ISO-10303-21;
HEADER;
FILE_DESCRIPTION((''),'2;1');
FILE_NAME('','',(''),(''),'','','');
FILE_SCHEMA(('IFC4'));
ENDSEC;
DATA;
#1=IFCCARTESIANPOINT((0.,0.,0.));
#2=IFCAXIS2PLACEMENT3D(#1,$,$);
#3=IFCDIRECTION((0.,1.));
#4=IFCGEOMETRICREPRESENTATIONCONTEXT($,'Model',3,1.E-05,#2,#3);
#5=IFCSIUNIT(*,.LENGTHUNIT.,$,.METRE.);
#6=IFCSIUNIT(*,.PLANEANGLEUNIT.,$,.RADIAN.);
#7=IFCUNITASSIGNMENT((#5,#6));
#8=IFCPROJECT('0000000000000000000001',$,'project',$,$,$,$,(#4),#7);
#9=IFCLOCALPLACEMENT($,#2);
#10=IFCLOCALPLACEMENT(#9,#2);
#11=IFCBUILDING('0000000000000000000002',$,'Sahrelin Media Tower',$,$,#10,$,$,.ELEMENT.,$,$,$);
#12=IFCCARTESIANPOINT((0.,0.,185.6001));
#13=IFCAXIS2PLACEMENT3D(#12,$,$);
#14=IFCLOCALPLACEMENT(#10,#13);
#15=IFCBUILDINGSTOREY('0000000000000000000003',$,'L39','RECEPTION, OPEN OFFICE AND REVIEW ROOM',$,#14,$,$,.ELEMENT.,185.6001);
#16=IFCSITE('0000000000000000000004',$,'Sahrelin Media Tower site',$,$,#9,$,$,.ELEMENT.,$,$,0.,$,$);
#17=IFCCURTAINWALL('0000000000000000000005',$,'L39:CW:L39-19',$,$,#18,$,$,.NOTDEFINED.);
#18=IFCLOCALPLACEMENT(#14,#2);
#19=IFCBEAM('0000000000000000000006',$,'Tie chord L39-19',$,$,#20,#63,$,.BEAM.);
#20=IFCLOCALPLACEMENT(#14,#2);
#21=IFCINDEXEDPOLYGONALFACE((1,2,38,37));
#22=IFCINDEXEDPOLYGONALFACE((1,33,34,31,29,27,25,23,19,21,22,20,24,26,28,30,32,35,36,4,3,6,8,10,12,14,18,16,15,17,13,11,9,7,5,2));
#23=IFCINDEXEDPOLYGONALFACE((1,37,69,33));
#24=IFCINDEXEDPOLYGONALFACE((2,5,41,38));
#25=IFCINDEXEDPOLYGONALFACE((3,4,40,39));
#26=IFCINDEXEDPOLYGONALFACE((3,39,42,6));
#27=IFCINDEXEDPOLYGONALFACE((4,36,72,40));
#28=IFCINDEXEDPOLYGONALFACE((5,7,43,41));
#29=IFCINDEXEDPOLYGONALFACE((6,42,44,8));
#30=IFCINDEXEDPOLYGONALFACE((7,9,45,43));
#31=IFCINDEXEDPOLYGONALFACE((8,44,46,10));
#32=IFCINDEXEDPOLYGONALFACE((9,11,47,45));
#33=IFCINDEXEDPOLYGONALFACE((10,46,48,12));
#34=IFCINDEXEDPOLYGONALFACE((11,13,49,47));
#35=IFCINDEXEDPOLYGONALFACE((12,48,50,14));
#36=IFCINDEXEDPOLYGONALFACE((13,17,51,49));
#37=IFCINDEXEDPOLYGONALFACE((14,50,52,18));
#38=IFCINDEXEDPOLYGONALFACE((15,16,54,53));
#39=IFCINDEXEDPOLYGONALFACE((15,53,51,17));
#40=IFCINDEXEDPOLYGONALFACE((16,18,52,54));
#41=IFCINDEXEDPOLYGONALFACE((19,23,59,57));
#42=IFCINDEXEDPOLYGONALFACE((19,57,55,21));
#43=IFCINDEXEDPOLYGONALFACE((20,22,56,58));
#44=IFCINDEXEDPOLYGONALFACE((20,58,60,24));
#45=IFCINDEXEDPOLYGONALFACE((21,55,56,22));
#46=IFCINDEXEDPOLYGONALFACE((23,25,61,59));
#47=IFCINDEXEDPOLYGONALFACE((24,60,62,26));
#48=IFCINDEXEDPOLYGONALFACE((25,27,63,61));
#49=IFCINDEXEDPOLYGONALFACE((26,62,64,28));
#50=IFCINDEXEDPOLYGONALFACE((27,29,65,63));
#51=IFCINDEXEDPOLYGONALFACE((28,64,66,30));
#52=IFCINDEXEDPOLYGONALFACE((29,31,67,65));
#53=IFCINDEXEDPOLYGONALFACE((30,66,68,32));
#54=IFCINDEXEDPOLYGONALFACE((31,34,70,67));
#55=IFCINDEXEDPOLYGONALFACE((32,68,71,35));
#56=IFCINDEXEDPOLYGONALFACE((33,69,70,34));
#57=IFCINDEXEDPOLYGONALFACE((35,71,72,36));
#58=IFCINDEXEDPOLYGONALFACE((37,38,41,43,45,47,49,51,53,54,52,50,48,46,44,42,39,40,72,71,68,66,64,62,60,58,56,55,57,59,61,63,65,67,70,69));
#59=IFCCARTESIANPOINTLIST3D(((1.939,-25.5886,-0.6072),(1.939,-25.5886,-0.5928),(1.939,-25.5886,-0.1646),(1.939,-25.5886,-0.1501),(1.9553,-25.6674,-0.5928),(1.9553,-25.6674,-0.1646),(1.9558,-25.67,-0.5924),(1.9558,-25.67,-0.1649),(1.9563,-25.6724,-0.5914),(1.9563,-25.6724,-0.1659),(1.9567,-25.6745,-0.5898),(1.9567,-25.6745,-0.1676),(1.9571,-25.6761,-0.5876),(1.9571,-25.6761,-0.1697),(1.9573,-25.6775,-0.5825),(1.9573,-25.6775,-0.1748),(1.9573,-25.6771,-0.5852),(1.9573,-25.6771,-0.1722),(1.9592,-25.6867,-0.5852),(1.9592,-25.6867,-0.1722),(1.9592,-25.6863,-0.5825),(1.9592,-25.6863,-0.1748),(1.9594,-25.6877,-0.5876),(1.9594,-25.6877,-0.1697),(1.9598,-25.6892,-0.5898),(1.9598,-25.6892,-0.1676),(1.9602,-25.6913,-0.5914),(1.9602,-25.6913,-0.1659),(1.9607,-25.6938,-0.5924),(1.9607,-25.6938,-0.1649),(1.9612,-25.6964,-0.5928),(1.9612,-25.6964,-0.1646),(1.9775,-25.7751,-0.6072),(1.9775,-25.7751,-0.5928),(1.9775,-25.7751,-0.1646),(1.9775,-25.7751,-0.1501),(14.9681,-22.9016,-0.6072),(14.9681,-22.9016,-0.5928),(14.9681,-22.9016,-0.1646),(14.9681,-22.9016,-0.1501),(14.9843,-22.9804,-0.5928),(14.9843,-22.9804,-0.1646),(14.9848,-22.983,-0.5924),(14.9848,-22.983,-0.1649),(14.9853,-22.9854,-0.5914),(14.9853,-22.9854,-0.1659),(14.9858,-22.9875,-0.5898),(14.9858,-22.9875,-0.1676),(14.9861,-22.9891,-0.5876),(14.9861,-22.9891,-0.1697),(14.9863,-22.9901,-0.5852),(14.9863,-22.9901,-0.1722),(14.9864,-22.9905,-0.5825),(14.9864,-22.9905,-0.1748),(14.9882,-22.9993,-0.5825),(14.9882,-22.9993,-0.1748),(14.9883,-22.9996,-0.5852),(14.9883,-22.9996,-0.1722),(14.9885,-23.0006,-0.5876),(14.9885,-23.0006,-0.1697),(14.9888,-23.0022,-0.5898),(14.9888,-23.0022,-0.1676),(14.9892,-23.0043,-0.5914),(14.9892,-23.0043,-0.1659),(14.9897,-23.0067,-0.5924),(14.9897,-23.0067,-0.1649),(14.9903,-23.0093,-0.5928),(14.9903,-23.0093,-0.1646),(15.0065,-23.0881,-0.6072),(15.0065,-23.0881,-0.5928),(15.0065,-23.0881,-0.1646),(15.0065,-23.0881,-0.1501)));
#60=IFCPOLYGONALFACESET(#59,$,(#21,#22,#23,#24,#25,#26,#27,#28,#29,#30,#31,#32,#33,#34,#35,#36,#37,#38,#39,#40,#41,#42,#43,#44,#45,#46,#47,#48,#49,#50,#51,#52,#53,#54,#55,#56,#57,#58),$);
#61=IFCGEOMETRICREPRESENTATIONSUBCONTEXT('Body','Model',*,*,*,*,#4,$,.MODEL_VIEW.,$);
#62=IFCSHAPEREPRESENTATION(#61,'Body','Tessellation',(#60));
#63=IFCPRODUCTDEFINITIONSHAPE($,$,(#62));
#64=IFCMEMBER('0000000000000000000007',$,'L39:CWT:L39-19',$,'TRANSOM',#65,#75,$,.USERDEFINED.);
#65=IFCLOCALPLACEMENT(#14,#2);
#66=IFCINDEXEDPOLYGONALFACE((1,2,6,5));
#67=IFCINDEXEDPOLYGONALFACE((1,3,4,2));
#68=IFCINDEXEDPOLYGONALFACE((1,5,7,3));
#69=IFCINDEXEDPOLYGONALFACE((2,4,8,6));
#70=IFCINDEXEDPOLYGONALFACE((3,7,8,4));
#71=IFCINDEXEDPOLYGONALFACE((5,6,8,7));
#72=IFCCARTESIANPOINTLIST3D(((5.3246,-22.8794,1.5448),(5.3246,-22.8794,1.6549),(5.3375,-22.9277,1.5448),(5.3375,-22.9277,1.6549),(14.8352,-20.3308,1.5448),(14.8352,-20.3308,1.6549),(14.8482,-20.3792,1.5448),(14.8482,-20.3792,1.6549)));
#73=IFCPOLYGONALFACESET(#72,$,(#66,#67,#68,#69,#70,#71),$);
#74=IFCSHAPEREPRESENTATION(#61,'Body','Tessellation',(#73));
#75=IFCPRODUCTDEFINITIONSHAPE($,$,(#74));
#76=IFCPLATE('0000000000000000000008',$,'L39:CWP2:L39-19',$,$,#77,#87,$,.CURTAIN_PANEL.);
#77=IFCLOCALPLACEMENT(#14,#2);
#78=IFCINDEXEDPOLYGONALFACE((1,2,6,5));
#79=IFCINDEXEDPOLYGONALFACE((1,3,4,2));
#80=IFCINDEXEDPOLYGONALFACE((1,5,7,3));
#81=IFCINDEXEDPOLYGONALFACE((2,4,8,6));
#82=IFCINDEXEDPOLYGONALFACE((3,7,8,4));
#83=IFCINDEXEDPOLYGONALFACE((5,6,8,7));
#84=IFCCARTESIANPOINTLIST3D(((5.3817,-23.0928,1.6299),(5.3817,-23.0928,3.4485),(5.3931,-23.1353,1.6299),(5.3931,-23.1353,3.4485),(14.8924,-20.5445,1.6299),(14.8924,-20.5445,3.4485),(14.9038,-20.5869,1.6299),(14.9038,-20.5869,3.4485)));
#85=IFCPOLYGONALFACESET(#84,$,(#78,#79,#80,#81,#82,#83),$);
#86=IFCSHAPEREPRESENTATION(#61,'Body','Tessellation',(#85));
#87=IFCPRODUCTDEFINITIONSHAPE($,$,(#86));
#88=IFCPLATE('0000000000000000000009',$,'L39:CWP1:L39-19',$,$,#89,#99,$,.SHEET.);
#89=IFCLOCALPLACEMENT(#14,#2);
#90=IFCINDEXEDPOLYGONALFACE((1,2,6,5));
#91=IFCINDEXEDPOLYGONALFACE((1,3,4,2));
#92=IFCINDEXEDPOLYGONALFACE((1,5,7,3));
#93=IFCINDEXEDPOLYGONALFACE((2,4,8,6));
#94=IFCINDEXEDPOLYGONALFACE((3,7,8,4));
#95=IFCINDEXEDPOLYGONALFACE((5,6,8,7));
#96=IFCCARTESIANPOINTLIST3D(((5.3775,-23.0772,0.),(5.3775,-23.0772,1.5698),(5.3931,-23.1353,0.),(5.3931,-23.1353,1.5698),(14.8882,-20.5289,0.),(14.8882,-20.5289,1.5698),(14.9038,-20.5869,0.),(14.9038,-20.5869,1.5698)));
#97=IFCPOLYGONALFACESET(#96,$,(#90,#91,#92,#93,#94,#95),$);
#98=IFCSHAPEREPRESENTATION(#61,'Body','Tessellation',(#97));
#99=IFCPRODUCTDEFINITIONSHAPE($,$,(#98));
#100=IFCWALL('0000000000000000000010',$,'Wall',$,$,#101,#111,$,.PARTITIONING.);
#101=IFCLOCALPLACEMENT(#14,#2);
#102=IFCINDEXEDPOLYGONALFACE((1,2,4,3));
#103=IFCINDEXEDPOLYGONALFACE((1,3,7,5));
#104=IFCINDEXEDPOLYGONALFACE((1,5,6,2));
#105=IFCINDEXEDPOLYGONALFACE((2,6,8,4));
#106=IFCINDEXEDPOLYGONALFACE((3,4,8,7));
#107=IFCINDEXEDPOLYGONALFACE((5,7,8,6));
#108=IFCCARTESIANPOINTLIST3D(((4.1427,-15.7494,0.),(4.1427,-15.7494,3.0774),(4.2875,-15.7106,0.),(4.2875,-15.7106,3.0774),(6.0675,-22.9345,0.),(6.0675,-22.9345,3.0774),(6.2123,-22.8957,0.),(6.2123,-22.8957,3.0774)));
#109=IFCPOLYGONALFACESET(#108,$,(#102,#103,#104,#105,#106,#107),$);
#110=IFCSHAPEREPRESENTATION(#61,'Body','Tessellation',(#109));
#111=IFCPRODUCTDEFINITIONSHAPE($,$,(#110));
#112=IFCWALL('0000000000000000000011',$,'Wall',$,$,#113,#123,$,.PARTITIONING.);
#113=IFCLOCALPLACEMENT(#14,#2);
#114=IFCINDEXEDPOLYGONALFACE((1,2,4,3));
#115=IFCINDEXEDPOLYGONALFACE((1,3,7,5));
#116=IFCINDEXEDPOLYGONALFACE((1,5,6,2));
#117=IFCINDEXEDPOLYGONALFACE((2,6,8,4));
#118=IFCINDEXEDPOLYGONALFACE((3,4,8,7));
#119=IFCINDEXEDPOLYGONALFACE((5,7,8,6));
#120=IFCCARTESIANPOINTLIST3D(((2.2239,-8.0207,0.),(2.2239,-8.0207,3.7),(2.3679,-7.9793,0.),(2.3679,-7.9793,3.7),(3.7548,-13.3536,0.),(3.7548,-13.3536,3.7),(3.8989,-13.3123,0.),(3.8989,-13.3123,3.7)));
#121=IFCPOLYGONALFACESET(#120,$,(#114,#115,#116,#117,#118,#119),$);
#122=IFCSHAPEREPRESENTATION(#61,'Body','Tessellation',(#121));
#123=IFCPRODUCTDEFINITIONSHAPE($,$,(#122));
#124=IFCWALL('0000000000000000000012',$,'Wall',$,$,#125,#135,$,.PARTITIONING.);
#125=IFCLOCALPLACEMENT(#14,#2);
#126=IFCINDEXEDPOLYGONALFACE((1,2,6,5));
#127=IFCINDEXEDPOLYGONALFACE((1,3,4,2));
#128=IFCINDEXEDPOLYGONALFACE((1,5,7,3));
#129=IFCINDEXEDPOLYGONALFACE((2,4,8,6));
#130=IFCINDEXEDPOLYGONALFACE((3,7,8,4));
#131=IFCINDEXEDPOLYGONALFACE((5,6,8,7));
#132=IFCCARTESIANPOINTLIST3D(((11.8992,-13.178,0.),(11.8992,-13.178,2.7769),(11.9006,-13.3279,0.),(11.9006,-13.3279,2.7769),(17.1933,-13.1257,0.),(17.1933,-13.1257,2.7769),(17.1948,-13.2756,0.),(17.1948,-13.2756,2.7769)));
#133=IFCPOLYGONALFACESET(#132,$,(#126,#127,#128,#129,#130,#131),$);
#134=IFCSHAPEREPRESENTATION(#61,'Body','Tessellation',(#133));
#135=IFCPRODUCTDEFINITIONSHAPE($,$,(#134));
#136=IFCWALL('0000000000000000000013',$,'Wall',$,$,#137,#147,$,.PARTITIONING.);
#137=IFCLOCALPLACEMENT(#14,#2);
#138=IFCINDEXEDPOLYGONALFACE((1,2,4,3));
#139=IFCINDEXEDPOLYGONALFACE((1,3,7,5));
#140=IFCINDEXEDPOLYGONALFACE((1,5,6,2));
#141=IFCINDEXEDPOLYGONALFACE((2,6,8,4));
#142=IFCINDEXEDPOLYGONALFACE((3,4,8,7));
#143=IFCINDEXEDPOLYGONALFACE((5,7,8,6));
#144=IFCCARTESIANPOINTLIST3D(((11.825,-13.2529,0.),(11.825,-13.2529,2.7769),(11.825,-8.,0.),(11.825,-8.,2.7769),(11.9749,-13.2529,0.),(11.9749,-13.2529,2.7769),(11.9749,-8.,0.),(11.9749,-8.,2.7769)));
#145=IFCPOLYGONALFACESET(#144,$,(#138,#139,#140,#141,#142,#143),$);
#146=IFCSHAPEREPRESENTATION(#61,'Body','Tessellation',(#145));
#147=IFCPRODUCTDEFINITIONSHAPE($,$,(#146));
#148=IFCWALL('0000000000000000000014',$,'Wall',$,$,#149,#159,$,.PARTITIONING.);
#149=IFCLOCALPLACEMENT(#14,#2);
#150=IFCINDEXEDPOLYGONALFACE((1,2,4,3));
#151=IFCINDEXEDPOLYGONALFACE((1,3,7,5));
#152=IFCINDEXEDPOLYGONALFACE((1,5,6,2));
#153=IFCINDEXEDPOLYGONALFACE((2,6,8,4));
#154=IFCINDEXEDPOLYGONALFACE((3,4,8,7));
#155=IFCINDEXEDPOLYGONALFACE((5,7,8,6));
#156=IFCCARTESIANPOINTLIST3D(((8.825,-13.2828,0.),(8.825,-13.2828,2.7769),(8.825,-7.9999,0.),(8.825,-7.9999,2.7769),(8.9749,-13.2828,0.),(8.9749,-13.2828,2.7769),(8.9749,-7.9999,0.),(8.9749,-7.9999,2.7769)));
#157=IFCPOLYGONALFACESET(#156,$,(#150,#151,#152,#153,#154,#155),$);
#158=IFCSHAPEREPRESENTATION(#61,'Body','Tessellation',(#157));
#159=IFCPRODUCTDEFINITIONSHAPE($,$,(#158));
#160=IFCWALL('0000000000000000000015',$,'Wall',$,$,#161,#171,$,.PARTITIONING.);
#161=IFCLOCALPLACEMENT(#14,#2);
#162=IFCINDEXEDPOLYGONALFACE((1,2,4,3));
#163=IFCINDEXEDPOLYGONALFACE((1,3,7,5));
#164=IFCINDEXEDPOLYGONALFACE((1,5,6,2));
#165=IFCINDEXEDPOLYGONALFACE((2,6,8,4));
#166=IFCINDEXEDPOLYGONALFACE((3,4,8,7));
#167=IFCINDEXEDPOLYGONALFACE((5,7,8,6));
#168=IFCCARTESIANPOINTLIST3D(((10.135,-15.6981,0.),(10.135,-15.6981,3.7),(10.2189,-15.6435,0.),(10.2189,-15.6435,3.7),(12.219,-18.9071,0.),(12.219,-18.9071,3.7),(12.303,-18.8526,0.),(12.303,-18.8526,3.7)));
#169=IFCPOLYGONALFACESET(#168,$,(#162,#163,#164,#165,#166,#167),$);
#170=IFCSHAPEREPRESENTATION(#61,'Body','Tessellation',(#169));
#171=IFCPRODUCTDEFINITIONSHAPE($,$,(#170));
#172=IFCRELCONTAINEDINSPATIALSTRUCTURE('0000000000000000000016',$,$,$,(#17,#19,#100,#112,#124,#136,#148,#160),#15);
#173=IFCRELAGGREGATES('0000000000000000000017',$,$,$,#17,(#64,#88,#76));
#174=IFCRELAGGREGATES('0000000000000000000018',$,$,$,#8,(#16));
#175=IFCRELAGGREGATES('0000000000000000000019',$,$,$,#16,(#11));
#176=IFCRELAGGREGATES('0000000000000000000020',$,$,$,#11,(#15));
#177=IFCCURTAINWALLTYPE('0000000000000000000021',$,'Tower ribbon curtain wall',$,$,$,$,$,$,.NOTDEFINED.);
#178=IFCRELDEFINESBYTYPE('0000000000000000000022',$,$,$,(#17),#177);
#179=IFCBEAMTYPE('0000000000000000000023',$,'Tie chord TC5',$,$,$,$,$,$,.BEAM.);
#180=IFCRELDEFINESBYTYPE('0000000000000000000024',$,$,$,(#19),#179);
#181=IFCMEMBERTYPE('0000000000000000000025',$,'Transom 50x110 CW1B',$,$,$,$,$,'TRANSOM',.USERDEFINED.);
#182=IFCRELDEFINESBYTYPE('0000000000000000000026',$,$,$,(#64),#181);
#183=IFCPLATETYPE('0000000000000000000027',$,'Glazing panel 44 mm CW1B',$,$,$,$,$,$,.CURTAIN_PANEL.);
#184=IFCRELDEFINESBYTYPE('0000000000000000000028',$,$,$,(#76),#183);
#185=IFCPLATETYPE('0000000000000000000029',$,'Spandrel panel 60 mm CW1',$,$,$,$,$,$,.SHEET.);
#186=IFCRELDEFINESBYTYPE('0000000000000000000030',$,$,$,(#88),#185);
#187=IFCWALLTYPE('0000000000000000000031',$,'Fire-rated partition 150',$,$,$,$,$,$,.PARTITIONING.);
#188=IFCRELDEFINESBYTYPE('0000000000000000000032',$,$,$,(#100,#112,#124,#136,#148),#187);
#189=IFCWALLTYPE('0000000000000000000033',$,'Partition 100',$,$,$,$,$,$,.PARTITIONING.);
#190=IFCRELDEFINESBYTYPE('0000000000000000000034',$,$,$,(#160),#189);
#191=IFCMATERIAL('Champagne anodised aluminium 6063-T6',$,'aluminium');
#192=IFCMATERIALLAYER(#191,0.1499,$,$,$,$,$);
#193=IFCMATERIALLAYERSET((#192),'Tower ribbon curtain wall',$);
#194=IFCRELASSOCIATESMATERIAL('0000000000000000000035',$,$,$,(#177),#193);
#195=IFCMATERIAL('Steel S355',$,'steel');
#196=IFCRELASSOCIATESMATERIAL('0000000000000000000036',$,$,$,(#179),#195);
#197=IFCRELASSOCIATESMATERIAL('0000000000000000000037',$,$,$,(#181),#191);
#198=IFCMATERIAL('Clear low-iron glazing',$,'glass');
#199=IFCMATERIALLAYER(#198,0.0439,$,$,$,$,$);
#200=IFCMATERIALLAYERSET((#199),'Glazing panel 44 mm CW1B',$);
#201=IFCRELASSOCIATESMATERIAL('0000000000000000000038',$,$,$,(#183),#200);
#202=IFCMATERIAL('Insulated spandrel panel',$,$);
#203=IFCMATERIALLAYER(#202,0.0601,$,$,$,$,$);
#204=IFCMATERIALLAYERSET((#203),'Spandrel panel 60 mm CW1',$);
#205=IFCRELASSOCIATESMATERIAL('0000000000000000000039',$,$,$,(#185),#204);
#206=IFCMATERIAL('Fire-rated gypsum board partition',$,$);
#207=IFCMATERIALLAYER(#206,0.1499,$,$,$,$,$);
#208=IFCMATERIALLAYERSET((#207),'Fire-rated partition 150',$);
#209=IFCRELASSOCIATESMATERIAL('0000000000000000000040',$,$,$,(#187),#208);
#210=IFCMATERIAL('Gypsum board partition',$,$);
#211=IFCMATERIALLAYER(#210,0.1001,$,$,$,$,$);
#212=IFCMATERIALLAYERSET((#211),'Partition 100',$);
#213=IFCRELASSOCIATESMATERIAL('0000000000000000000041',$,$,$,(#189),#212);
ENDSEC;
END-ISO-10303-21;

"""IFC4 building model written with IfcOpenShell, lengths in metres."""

from ifc_helpers import new_model, si_unit, direction, frame, frame_2d, origin, origin_2d, place, context, subcontext, project, spatial, polyline, rectangle, i_section, outline, extrude, material, layer, layer_set, material_profile, profile_set, type_object, element, aggregate, save


model = new_model("IFC4")

# Units and contexts
model_context = context("Model", 3, precision=1e-05, world=origin(), true_north=direction((0.0, 1.0)))
body_context = subcontext(model_context, "Body", "Model", "MODEL_VIEW")
ifc_project = project(units=[si_unit("LENGTHUNIT", "METRE"), si_unit("PLANEANGLEUNIT", "RADIAN")], contexts=[model_context])

# Site, building, storey
site_placement = place(None, origin())
site = spatial("IfcSite", under=ifc_project, at=site_placement, Name="Sahrelin Media Tower site", CompositionType="ELEMENT", RefElevation=0.0)
building_placement = place(site_placement, origin())
building = spatial("IfcBuilding", under=site, at=building_placement, Name="Sahrelin Media Tower", CompositionType="ELEMENT")
storey_placement = place(building_placement, frame((0.0, 0.0, 185.6001)))
storey = spatial("IfcBuildingStorey", under=building, at=storey_placement, Name="L39", Description="RECEPTION, OPEN OFFICE AND REVIEW ROOM", CompositionType="ELEMENT", Elevation=185.6001)

# Shared definitions
ifc_material_1 = material(Name="Steel S355", Category="steel")

# Curtain wall
ifc_material_2 = material(Name="Champagne anodised aluminium 6063-T6", Category="aluminium")
ifc_layer_1 = layer(ifc_material_2, 0.1499)
ifc_layer_set_1 = layer_set([ifc_layer_1], Name="Tower ribbon curtain wall")
curtain_wall_type = type_object("IfcCurtainWallType", Name="Tower ribbon curtain wall", PredefinedType="NOTDEFINED", material=ifc_layer_set_1)
curtain_wall_1_placement = place(storey_placement, frame((10.1433, -21.8418, 0.0), z_axis=(0.0, 0.0, 1.0), x_axis=(1.0, 0.0, 0.0)))
curtain_wall_1 = element("IfcCurtainWall", 1, at=curtain_wall_1_placement, inside=storey, type_object=curtain_wall_type, Name="L39:CW:L39-19", PredefinedType="NOTDEFINED")

# Beam
ifc_material_profile_1 = material_profile(ifc_material_1, i_section(OverallWidth=0.1904, OverallDepth=0.457, WebThickness=0.009, FlangeThickness=0.0144, FilletRadius=0.0103, at=origin_2d()), Name="UB 457x191x74")
ifc_profile_set_1 = profile_set([ifc_material_profile_1], Name="Steel S355")
beam_type_1 = type_object("IfcBeamType", Name="Tie chord TC5", PredefinedType="BEAM", material=ifc_profile_set_1)
beam_1_placement = place(storey_placement, frame((1.9583, -25.6819, -0.3787), z_axis=(0.979389, 0.201982, 0.0), x_axis=(-0.201982, 0.979389, 0.0)))
element("IfcBeam", 2, at=beam_1_placement, inside=storey, type_object=beam_type_1, Name="Tie chord L39-19", PredefinedType="BEAM", context=body_context, shape_type="SweptSolid", body=[
    extrude(i_section(OverallWidth=0.1904, OverallDepth=0.457, WebThickness=0.009, FlangeThickness=0.0144, FilletRadius=0.0103, at=origin_2d()), origin(), (0.0, 0.0, 1.0), 13.3032),
])

# Member
ifc_material_profile_2 = material_profile(ifc_material_2, rectangle(XDim=0.05, YDim=0.1101, at=origin_2d()), Name="Transom 50x110")
ifc_profile_set_2 = profile_set([ifc_material_profile_2], Name="Champagne anodised aluminium 6063-T6")
member_type_1 = type_object("IfcMemberType", Name="Transom 50x110 CW1B", ElementType="TRANSOM", PredefinedType="USERDEFINED", material=ifc_profile_set_2)
member_1_placement = place(storey_placement, frame((5.3311, -22.9036, 1.5999), z_axis=(0.965921, 0.258837, 0.0), x_axis=(-0.258837, 0.965921, 0.0)))
member_1 = element("IfcMember", 3, at=member_1_placement, type_object=member_type_1, Name="L39:CWT:L39-19", ObjectType="TRANSOM", PredefinedType="USERDEFINED", context=body_context, shape_type="SweptSolid", body=[
    extrude(rectangle(XDim=0.05, YDim=0.1101, at=origin_2d()), origin(), (0.0, 0.0, 1.0), 9.8462),
])

# Plates
ifc_material_3 = material(Name="Clear low-iron glazing", Category="glass")
ifc_layer_2 = layer(ifc_material_3, 0.0439)
ifc_layer_set_2 = layer_set([ifc_layer_2], Name="Glazing panel 44 mm CW1B")
plate_type_1 = type_object("IfcPlateType", Name="Glazing panel 44 mm CW1B", PredefinedType="CURTAIN_PANEL", material=ifc_layer_set_2)
plate_1_placement = place(storey_placement, frame((5.3931, -23.1353, 1.6299), z_axis=(0.258814, -0.965927, 0.0), x_axis=(0.965927, 0.258814, 0.0)))
plate_1 = element("IfcPlate", 4, at=plate_1_placement, type_object=plate_type_1, Name="L39:CWP2:L39-19", PredefinedType="CURTAIN_PANEL", context=body_context, shape_type="SweptSolid", body=[
    extrude(outline(polyline([(0.0, 0.0), (9.8462, 0.0), (9.8462, 1.8186), (0.0, 1.8186), (0.0, 0.0)])), origin(), (0.0, 0.0, -1.0), 0.0439),
])
ifc_material_4 = material(Name="Insulated spandrel panel")
ifc_layer_3 = layer(ifc_material_4, 0.0601)
ifc_layer_set_3 = layer_set([ifc_layer_3], Name="Spandrel panel 60 mm CW1")
plate_type_2 = type_object("IfcPlateType", Name="Spandrel panel 60 mm CW1", PredefinedType="SHEET", material=ifc_layer_set_3)
plate_2_placement = place(storey_placement, frame((5.3931, -23.1353, 0.0), z_axis=(0.258814, -0.965927, 0.0), x_axis=(0.965927, 0.258814, 0.0)))
plate_2 = element("IfcPlate", 5, at=plate_2_placement, type_object=plate_type_2, Name="L39:CWP1:L39-19", PredefinedType="SHEET", context=body_context, shape_type="SweptSolid", body=[
    extrude(outline(polyline([(0.0, 0.0), (9.8462, 0.0), (9.8462, 1.5698), (0.0, 1.5698), (0.0, 0.0)])), origin(), (0.0, 0.0, -1.0), 0.0601),
])
aggregate(curtain_wall_1, [member_1, plate_2, plate_1])

# Walls
ifc_material_5 = material(Name="Fire-rated gypsum board partition")
ifc_layer_4 = layer(ifc_material_5, 0.1499)
ifc_layer_set_4 = layer_set([ifc_layer_4], Name="Fire-rated partition 150")
wall_type_1 = type_object("IfcWallType", Name="Fire-rated partition 150", PredefinedType="PARTITIONING", material=ifc_layer_set_4)
wall_1_placement = place(storey_placement, frame((4.2151, -15.73, 0.0), z_axis=(0.0, 0.0, 1.0), x_axis=(0.258766, -0.96594, 0.0)))
element("IfcWall", 6, at=wall_1_placement, inside=storey, type_object=wall_type_1, Name="Wall", PredefinedType="PARTITIONING", context=body_context, shape_type="SweptSolid", body=[
    extrude(rectangle(XDim=7.4385, YDim=0.1499, at=frame_2d((3.7192, 0.0))), origin(), (0.0, 0.0, 1.0), 3.0774),
])
wall_2_placement = place(storey_placement, frame((2.2959, -8.0, 0.0), z_axis=(0.0, 0.0, 1.0), x_axis=(0.275936, -0.961176, 0.0)))
element("IfcWall", 7, at=wall_2_placement, inside=storey, type_object=wall_type_1, Name="Wall", PredefinedType="PARTITIONING", context=body_context, shape_type="SweptSolid", body=[
    extrude(rectangle(XDim=5.5483, YDim=0.1499, at=frame_2d((2.7742, 0.0))), origin(), (0.0, 0.0, 1.0), 3.7),
])
wall_3_placement = place(storey_placement, frame((11.8999, -13.2529, 0.0), z_axis=(0.0, 0.0, 1.0), x_axis=(0.999951, 0.009868, 0.0)))
element("IfcWall", 8, at=wall_3_placement, inside=storey, type_object=wall_type_1, Name="Wall", PredefinedType="PARTITIONING", context=body_context, shape_type="SweptSolid", body=[
    extrude(rectangle(XDim=5.2944, YDim=0.1499, at=frame_2d((2.6472, 0.0))), origin(), (0.0, 0.0, 1.0), 2.7769),
])
wall_4_placement = place(storey_placement, frame((11.8999, -13.2529, 0.0), z_axis=(0.0, 0.0, 1.0), x_axis=(0.0, 1.0, 0.0)))
element("IfcWall", 9, at=wall_4_placement, inside=storey, type_object=wall_type_1, Name="Wall", PredefinedType="PARTITIONING", context=body_context, shape_type="SweptSolid", body=[
    extrude(rectangle(XDim=5.2529, YDim=0.1499, at=frame_2d((2.6265, 0.0))), origin(), (0.0, 0.0, 1.0), 2.7769),
])
wall_5_placement = place(storey_placement, frame((8.8999, -13.283, 0.0), z_axis=(0.0, 0.0, 1.0), x_axis=(0.0, 1.0, 0.0)))
element("IfcWall", 10, at=wall_5_placement, inside=storey, type_object=wall_type_1, Name="Wall", PredefinedType="PARTITIONING", context=body_context, shape_type="SweptSolid", body=[
    extrude(rectangle(XDim=5.283, YDim=0.1499, at=frame_2d((2.6416, 0.0))), origin(), (0.0, 0.0, 1.0), 2.7769),
])
ifc_material_6 = material(Name="Gypsum board partition")
ifc_layer_5 = layer(ifc_material_6, 0.1001)
ifc_layer_set_5 = layer_set([ifc_layer_5], Name="Partition 100")
wall_type_2 = type_object("IfcWallType", Name="Partition 100", PredefinedType="PARTITIONING", material=ifc_layer_set_5)
wall_6_placement = place(storey_placement, frame((10.177, -15.6709, 0.0), z_axis=(0.0, 0.0, 1.0), x_axis=(0.544647, -0.838665, 0.0)))
element("IfcWall", 11, at=wall_6_placement, inside=storey, type_object=wall_type_2, Name="Wall", PredefinedType="PARTITIONING", context=body_context, shape_type="SweptSolid", body=[
    extrude(rectangle(XDim=3.8264, YDim=0.1001, at=frame_2d((1.9131, 0.0))), origin(), (0.0, 0.0, 1.0), 3.7),
])

save(model, "model.ifc")
